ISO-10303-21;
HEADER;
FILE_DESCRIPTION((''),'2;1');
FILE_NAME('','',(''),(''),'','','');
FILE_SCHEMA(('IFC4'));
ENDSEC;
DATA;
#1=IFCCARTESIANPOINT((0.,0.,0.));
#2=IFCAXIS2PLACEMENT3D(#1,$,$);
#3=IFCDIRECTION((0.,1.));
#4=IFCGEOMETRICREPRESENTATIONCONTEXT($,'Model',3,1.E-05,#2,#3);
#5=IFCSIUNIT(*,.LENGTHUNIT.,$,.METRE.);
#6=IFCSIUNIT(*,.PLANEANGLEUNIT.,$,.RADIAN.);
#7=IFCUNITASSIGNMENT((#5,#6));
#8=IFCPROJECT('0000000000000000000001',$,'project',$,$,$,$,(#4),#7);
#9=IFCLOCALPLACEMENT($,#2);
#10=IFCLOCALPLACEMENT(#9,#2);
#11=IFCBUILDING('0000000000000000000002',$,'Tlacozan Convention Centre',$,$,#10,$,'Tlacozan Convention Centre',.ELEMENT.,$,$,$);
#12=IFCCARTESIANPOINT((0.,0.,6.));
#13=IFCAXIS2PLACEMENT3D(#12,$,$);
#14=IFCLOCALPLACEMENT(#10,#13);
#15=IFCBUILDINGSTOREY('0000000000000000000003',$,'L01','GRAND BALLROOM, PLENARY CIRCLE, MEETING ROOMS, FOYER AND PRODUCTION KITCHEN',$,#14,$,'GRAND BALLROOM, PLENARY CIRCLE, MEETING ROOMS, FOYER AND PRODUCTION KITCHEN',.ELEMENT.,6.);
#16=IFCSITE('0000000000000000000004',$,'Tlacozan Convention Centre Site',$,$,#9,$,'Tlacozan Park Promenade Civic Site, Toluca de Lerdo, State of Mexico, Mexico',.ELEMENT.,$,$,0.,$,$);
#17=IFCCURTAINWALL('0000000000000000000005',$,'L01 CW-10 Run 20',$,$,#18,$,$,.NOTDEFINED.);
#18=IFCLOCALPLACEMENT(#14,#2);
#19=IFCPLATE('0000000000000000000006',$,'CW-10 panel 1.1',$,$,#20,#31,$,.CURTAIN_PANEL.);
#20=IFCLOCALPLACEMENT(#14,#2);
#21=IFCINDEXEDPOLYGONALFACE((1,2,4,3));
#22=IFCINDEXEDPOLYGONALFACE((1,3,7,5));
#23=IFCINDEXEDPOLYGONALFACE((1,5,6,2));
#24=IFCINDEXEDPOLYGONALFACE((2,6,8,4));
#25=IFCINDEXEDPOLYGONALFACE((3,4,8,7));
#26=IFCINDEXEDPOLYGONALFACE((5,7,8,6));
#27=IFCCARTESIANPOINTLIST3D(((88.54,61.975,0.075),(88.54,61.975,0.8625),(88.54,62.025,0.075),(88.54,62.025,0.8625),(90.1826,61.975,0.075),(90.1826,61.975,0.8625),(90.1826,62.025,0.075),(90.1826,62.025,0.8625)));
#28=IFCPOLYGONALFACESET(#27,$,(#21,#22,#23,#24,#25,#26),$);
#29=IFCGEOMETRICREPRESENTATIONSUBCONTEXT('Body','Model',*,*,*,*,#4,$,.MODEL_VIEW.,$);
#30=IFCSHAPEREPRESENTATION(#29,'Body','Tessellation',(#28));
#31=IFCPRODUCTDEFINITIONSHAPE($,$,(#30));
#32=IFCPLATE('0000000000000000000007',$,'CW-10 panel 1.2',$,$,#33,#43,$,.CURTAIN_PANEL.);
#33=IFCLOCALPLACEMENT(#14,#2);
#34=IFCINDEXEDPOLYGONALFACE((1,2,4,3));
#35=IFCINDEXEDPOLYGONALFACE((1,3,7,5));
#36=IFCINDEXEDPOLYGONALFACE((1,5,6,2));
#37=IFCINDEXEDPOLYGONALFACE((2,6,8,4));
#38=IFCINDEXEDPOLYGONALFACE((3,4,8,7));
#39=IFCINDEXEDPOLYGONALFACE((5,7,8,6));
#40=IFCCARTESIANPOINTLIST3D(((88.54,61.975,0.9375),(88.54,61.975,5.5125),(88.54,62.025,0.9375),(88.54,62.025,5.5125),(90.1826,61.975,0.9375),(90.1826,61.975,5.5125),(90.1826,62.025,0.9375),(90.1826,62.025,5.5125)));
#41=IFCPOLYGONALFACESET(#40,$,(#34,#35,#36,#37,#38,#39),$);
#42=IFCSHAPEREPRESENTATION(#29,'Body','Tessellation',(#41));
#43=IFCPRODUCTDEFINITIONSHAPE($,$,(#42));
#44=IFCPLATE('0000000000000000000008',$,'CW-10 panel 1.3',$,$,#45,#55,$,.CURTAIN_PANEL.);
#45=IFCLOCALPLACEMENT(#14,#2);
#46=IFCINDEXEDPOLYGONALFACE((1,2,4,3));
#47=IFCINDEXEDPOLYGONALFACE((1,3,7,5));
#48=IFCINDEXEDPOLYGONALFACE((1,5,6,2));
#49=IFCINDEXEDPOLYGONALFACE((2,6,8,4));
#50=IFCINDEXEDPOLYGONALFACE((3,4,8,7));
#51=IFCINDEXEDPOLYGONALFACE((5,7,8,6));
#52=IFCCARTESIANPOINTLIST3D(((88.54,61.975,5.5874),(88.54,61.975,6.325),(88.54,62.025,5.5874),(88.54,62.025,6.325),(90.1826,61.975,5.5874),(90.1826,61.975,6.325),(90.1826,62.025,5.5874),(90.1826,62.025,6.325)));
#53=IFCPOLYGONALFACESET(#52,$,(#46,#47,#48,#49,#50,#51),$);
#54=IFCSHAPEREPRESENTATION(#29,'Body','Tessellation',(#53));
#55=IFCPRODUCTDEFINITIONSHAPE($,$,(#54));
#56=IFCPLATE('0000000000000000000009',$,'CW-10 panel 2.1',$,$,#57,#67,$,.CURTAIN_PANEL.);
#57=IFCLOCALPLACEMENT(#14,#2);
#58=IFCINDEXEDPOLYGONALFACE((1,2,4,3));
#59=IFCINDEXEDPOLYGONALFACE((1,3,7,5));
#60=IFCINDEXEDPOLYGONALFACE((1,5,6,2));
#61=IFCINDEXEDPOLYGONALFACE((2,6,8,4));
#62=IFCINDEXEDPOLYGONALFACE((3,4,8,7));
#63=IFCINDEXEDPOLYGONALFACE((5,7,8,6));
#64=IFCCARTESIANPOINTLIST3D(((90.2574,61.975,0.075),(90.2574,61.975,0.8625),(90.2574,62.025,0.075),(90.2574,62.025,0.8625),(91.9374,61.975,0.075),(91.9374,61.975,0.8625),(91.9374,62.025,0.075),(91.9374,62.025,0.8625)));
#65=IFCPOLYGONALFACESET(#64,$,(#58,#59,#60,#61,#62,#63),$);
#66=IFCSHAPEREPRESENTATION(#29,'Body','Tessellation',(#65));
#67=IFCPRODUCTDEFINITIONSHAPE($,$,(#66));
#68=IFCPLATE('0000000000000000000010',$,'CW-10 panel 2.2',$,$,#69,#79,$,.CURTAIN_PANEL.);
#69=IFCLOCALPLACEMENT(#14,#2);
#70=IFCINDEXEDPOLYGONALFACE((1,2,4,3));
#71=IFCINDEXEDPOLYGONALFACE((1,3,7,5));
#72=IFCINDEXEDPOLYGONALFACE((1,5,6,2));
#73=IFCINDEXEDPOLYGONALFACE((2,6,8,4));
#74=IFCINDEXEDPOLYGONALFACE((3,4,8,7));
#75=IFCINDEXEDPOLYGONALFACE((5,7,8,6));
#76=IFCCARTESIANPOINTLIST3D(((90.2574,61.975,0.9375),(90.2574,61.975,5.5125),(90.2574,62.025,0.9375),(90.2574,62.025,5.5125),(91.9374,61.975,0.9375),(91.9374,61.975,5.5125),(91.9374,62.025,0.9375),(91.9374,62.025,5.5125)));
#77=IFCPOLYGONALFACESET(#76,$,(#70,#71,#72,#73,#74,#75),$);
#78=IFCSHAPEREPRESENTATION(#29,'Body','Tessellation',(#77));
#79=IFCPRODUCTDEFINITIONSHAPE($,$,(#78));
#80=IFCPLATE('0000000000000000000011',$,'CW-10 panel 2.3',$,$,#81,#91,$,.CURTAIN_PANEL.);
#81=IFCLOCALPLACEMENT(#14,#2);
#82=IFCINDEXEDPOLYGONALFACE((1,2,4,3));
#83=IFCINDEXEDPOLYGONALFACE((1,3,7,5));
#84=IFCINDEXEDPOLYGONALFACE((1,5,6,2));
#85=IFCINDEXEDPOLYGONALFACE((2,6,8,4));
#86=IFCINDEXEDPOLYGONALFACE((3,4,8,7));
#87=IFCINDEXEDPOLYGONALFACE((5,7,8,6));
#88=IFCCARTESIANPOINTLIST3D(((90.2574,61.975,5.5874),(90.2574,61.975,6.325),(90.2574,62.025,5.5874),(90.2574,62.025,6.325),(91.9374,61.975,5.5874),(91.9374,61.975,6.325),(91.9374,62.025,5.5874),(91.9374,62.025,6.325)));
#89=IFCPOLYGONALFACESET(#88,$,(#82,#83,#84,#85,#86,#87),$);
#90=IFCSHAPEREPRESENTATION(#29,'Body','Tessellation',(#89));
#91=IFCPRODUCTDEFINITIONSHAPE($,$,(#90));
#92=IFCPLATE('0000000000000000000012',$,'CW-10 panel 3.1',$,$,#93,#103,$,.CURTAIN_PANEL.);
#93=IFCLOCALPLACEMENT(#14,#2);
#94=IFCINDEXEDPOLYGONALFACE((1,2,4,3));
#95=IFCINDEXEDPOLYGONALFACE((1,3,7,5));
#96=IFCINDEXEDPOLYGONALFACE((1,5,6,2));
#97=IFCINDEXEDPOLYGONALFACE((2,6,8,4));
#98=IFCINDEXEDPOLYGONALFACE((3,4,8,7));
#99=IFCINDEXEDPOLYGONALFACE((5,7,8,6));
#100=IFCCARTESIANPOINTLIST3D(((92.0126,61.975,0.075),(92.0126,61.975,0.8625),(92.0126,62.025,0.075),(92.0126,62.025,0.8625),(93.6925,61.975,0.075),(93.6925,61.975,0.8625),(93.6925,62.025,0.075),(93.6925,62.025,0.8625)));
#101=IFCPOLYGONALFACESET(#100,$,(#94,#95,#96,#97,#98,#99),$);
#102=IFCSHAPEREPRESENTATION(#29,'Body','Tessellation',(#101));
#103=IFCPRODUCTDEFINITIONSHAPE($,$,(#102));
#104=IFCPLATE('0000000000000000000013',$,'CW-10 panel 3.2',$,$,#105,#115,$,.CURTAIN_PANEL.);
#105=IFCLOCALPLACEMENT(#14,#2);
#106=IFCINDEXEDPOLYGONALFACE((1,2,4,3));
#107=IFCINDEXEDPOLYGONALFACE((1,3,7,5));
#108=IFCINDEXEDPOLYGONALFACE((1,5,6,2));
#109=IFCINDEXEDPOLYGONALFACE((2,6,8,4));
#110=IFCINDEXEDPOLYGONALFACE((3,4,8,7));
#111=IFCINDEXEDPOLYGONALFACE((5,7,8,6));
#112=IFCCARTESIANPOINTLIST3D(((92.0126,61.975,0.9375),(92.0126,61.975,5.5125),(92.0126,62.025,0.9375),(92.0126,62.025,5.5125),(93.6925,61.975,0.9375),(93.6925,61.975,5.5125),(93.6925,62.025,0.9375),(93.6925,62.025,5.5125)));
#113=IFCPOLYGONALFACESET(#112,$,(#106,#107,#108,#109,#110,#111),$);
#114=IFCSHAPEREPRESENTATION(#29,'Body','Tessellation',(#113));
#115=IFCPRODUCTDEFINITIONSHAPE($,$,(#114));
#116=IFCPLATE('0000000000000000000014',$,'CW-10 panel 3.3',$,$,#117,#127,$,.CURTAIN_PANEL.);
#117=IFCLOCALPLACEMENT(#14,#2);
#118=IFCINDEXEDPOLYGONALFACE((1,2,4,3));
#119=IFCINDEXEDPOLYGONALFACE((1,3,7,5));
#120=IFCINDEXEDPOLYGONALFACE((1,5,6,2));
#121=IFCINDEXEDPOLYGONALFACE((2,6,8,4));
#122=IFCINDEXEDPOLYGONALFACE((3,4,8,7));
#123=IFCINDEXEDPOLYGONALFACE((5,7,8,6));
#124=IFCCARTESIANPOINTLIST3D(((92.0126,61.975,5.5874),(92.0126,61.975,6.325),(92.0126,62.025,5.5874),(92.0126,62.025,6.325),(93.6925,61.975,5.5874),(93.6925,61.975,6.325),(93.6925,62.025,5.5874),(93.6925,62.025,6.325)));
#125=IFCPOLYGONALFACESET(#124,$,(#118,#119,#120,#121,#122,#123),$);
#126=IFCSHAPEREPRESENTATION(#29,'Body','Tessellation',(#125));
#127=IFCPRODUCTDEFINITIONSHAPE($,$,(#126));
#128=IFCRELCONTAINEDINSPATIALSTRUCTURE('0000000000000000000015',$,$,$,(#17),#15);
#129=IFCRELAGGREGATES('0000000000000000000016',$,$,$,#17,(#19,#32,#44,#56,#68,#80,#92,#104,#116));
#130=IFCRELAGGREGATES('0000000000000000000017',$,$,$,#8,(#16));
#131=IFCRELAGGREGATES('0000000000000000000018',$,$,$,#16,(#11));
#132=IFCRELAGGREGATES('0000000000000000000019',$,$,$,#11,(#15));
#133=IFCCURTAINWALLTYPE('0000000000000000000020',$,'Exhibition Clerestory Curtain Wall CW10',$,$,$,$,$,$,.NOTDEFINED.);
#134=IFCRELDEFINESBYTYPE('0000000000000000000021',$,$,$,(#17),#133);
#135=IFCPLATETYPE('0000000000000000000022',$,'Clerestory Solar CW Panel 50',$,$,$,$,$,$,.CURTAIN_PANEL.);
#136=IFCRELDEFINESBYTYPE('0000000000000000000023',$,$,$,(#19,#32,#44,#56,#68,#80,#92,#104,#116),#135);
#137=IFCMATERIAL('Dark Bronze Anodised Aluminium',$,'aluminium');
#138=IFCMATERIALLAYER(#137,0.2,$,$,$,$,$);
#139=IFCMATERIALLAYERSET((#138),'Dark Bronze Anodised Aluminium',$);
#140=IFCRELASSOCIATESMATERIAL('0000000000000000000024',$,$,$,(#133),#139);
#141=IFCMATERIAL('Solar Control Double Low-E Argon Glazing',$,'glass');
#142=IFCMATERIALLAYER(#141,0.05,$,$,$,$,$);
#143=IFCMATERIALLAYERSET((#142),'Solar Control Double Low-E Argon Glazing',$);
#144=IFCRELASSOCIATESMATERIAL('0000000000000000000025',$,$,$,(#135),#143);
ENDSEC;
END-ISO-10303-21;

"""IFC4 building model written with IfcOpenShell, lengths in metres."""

from ifc_helpers import new_model, si_unit, direction, frame, origin, origin_2d, place, context, subcontext, project, spatial, rectangle, extrude, material, layer, layer_set, type_object, element, aggregate, save


model = new_model("IFC4")

# Units and contexts
model_context = context("Model", 3, precision=1e-05, world=origin(), true_north=direction((0.0, 1.0)))
body_context = subcontext(model_context, "Body", "Model", "MODEL_VIEW")
ifc_project = project(units=[si_unit("LENGTHUNIT", "METRE"), si_unit("PLANEANGLEUNIT", "RADIAN")], contexts=[model_context])

# Site, building, storey
site_placement = place(None, origin())
site = spatial("IfcSite", under=ifc_project, at=site_placement, Name="Tlacozan Convention Centre Site", LongName="Tlacozan Park Promenade Civic Site, Toluca de Lerdo, State of Mexico, Mexico", CompositionType="ELEMENT", RefElevation=0.0)
building_placement = place(site_placement, origin())
building = spatial("IfcBuilding", under=site, at=building_placement, Name="Tlacozan Convention Centre", LongName="Tlacozan Convention Centre", CompositionType="ELEMENT")
storey_placement = place(building_placement, frame((0.0, 0.0, 6.0)))
storey = spatial("IfcBuildingStorey", under=building, at=storey_placement, Name="L01", Description="GRAND BALLROOM, PLENARY CIRCLE, MEETING ROOMS, FOYER AND PRODUCTION KITCHEN", LongName="GRAND BALLROOM, PLENARY CIRCLE, MEETING ROOMS, FOYER AND PRODUCTION KITCHEN", CompositionType="ELEMENT", Elevation=6.0)

# Curtain wall, plates
ifc_material_1 = material(Name="Dark Bronze Anodised Aluminium", Category="aluminium")
ifc_layer_1 = layer(ifc_material_1, 0.2)
ifc_layer_set_1 = layer_set([ifc_layer_1], Name="Dark Bronze Anodised Aluminium")
curtain_wall_type = type_object("IfcCurtainWallType", Name="Exhibition Clerestory Curtain Wall CW10", PredefinedType="NOTDEFINED", material=ifc_layer_set_1)
curtain_wall_placement = place(storey_placement, origin())
curtain_wall = element("IfcCurtainWall", 1, at=curtain_wall_placement, inside=storey, type_object=curtain_wall_type, Name="L01 CW-10 Run 20", PredefinedType="NOTDEFINED")
ifc_material_2 = material(Name="Solar Control Double Low-E Argon Glazing", Category="glass")
ifc_layer_2 = layer(ifc_material_2, 0.05)
ifc_layer_set_2 = layer_set([ifc_layer_2], Name="Solar Control Double Low-E Argon Glazing")
plate_type = type_object("IfcPlateType", Name="Clerestory Solar CW Panel 50", PredefinedType="CURTAIN_PANEL", material=ifc_layer_set_2)
plate_1_placement = place(storey_placement, frame((89.3613, 62.0, 0.075), z_axis=(0.0, 0.0, 1.0), x_axis=(1.0, 0.0, 0.0)))
plate_1 = element("IfcPlate", 2, at=plate_1_placement, type_object=plate_type, Name="CW-10 panel 1.1", PredefinedType="CURTAIN_PANEL", context=body_context, shape_type="SweptSolid", body=[
    extrude(rectangle(XDim=1.6426, YDim=0.05, at=origin_2d()), origin(), (0.0, 0.0, 1.0), 0.7876),
])
plate_2_placement = place(storey_placement, frame((89.3613, 62.0, 0.9375), z_axis=(0.0, 0.0, 1.0), x_axis=(1.0, 0.0, 0.0)))
plate_2 = element("IfcPlate", 3, at=plate_2_placement, type_object=plate_type, Name="CW-10 panel 1.2", PredefinedType="CURTAIN_PANEL", context=body_context, shape_type="SweptSolid", body=[
    extrude(rectangle(XDim=1.6426, YDim=0.05, at=origin_2d()), origin(), (0.0, 0.0, 1.0), 4.575),
])
plate_3_placement = place(storey_placement, frame((89.3613, 62.0, 5.5874), z_axis=(0.0, 0.0, 1.0), x_axis=(1.0, 0.0, 0.0)))
plate_3 = element("IfcPlate", 4, at=plate_3_placement, type_object=plate_type, Name="CW-10 panel 1.3", PredefinedType="CURTAIN_PANEL", context=body_context, shape_type="SweptSolid", body=[
    extrude(rectangle(XDim=1.6426, YDim=0.05, at=origin_2d()), origin(), (0.0, 0.0, 1.0), 0.7375),
])
plate_4_placement = place(storey_placement, frame((91.0974, 62.0, 0.075), z_axis=(0.0, 0.0, 1.0), x_axis=(1.0, 0.0, 0.0)))
plate_4 = element("IfcPlate", 5, at=plate_4_placement, type_object=plate_type, Name="CW-10 panel 2.1", PredefinedType="CURTAIN_PANEL", context=body_context, shape_type="SweptSolid", body=[
    extrude(rectangle(XDim=1.6799, YDim=0.05, at=origin_2d()), origin(), (0.0, 0.0, 1.0), 0.7876),
])
plate_5_placement = place(storey_placement, frame((91.0974, 62.0, 0.9375), z_axis=(0.0, 0.0, 1.0), x_axis=(1.0, 0.0, 0.0)))
plate_5 = element("IfcPlate", 6, at=plate_5_placement, type_object=plate_type, Name="CW-10 panel 2.2", PredefinedType="CURTAIN_PANEL", context=body_context, shape_type="SweptSolid", body=[
    extrude(rectangle(XDim=1.6799, YDim=0.05, at=origin_2d()), origin(), (0.0, 0.0, 1.0), 4.575),
])
plate_6_placement = place(storey_placement, frame((91.0974, 62.0, 5.5874), z_axis=(0.0, 0.0, 1.0), x_axis=(1.0, 0.0, 0.0)))
plate_6 = element("IfcPlate", 7, at=plate_6_placement, type_object=plate_type, Name="CW-10 panel 2.3", PredefinedType="CURTAIN_PANEL", context=body_context, shape_type="SweptSolid", body=[
    extrude(rectangle(XDim=1.6799, YDim=0.05, at=origin_2d()), origin(), (0.0, 0.0, 1.0), 0.7375),
])
plate_7_placement = place(storey_placement, frame((92.8525, 62.0, 0.075), z_axis=(0.0, 0.0, 1.0), x_axis=(1.0, 0.0, 0.0)))
plate_7 = element("IfcPlate", 8, at=plate_7_placement, type_object=plate_type, Name="CW-10 panel 3.1", PredefinedType="CURTAIN_PANEL", context=body_context, shape_type="SweptSolid", body=[
    extrude(rectangle(XDim=1.6799, YDim=0.05, at=origin_2d()), origin(), (0.0, 0.0, 1.0), 0.7876),
])
plate_8_placement = place(storey_placement, frame((92.8525, 62.0, 0.9375), z_axis=(0.0, 0.0, 1.0), x_axis=(1.0, 0.0, 0.0)))
plate_8 = element("IfcPlate", 9, at=plate_8_placement, type_object=plate_type, Name="CW-10 panel 3.2", PredefinedType="CURTAIN_PANEL", context=body_context, shape_type="SweptSolid", body=[
    extrude(rectangle(XDim=1.6799, YDim=0.05, at=origin_2d()), origin(), (0.0, 0.0, 1.0), 4.575),
])
plate_9_placement = place(storey_placement, frame((92.8525, 62.0, 5.5874), z_axis=(0.0, 0.0, 1.0), x_axis=(1.0, 0.0, 0.0)))
plate_9 = element("IfcPlate", 10, at=plate_9_placement, type_object=plate_type, Name="CW-10 panel 3.3", PredefinedType="CURTAIN_PANEL", context=body_context, shape_type="SweptSolid", body=[
    extrude(rectangle(XDim=1.6799, YDim=0.05, at=origin_2d()), origin(), (0.0, 0.0, 1.0), 0.7375),
])
aggregate(curtain_wall, [plate_1, plate_2, plate_3, plate_4, plate_5, plate_6, plate_7, plate_8, plate_9])

save(model, "model.ifc")
